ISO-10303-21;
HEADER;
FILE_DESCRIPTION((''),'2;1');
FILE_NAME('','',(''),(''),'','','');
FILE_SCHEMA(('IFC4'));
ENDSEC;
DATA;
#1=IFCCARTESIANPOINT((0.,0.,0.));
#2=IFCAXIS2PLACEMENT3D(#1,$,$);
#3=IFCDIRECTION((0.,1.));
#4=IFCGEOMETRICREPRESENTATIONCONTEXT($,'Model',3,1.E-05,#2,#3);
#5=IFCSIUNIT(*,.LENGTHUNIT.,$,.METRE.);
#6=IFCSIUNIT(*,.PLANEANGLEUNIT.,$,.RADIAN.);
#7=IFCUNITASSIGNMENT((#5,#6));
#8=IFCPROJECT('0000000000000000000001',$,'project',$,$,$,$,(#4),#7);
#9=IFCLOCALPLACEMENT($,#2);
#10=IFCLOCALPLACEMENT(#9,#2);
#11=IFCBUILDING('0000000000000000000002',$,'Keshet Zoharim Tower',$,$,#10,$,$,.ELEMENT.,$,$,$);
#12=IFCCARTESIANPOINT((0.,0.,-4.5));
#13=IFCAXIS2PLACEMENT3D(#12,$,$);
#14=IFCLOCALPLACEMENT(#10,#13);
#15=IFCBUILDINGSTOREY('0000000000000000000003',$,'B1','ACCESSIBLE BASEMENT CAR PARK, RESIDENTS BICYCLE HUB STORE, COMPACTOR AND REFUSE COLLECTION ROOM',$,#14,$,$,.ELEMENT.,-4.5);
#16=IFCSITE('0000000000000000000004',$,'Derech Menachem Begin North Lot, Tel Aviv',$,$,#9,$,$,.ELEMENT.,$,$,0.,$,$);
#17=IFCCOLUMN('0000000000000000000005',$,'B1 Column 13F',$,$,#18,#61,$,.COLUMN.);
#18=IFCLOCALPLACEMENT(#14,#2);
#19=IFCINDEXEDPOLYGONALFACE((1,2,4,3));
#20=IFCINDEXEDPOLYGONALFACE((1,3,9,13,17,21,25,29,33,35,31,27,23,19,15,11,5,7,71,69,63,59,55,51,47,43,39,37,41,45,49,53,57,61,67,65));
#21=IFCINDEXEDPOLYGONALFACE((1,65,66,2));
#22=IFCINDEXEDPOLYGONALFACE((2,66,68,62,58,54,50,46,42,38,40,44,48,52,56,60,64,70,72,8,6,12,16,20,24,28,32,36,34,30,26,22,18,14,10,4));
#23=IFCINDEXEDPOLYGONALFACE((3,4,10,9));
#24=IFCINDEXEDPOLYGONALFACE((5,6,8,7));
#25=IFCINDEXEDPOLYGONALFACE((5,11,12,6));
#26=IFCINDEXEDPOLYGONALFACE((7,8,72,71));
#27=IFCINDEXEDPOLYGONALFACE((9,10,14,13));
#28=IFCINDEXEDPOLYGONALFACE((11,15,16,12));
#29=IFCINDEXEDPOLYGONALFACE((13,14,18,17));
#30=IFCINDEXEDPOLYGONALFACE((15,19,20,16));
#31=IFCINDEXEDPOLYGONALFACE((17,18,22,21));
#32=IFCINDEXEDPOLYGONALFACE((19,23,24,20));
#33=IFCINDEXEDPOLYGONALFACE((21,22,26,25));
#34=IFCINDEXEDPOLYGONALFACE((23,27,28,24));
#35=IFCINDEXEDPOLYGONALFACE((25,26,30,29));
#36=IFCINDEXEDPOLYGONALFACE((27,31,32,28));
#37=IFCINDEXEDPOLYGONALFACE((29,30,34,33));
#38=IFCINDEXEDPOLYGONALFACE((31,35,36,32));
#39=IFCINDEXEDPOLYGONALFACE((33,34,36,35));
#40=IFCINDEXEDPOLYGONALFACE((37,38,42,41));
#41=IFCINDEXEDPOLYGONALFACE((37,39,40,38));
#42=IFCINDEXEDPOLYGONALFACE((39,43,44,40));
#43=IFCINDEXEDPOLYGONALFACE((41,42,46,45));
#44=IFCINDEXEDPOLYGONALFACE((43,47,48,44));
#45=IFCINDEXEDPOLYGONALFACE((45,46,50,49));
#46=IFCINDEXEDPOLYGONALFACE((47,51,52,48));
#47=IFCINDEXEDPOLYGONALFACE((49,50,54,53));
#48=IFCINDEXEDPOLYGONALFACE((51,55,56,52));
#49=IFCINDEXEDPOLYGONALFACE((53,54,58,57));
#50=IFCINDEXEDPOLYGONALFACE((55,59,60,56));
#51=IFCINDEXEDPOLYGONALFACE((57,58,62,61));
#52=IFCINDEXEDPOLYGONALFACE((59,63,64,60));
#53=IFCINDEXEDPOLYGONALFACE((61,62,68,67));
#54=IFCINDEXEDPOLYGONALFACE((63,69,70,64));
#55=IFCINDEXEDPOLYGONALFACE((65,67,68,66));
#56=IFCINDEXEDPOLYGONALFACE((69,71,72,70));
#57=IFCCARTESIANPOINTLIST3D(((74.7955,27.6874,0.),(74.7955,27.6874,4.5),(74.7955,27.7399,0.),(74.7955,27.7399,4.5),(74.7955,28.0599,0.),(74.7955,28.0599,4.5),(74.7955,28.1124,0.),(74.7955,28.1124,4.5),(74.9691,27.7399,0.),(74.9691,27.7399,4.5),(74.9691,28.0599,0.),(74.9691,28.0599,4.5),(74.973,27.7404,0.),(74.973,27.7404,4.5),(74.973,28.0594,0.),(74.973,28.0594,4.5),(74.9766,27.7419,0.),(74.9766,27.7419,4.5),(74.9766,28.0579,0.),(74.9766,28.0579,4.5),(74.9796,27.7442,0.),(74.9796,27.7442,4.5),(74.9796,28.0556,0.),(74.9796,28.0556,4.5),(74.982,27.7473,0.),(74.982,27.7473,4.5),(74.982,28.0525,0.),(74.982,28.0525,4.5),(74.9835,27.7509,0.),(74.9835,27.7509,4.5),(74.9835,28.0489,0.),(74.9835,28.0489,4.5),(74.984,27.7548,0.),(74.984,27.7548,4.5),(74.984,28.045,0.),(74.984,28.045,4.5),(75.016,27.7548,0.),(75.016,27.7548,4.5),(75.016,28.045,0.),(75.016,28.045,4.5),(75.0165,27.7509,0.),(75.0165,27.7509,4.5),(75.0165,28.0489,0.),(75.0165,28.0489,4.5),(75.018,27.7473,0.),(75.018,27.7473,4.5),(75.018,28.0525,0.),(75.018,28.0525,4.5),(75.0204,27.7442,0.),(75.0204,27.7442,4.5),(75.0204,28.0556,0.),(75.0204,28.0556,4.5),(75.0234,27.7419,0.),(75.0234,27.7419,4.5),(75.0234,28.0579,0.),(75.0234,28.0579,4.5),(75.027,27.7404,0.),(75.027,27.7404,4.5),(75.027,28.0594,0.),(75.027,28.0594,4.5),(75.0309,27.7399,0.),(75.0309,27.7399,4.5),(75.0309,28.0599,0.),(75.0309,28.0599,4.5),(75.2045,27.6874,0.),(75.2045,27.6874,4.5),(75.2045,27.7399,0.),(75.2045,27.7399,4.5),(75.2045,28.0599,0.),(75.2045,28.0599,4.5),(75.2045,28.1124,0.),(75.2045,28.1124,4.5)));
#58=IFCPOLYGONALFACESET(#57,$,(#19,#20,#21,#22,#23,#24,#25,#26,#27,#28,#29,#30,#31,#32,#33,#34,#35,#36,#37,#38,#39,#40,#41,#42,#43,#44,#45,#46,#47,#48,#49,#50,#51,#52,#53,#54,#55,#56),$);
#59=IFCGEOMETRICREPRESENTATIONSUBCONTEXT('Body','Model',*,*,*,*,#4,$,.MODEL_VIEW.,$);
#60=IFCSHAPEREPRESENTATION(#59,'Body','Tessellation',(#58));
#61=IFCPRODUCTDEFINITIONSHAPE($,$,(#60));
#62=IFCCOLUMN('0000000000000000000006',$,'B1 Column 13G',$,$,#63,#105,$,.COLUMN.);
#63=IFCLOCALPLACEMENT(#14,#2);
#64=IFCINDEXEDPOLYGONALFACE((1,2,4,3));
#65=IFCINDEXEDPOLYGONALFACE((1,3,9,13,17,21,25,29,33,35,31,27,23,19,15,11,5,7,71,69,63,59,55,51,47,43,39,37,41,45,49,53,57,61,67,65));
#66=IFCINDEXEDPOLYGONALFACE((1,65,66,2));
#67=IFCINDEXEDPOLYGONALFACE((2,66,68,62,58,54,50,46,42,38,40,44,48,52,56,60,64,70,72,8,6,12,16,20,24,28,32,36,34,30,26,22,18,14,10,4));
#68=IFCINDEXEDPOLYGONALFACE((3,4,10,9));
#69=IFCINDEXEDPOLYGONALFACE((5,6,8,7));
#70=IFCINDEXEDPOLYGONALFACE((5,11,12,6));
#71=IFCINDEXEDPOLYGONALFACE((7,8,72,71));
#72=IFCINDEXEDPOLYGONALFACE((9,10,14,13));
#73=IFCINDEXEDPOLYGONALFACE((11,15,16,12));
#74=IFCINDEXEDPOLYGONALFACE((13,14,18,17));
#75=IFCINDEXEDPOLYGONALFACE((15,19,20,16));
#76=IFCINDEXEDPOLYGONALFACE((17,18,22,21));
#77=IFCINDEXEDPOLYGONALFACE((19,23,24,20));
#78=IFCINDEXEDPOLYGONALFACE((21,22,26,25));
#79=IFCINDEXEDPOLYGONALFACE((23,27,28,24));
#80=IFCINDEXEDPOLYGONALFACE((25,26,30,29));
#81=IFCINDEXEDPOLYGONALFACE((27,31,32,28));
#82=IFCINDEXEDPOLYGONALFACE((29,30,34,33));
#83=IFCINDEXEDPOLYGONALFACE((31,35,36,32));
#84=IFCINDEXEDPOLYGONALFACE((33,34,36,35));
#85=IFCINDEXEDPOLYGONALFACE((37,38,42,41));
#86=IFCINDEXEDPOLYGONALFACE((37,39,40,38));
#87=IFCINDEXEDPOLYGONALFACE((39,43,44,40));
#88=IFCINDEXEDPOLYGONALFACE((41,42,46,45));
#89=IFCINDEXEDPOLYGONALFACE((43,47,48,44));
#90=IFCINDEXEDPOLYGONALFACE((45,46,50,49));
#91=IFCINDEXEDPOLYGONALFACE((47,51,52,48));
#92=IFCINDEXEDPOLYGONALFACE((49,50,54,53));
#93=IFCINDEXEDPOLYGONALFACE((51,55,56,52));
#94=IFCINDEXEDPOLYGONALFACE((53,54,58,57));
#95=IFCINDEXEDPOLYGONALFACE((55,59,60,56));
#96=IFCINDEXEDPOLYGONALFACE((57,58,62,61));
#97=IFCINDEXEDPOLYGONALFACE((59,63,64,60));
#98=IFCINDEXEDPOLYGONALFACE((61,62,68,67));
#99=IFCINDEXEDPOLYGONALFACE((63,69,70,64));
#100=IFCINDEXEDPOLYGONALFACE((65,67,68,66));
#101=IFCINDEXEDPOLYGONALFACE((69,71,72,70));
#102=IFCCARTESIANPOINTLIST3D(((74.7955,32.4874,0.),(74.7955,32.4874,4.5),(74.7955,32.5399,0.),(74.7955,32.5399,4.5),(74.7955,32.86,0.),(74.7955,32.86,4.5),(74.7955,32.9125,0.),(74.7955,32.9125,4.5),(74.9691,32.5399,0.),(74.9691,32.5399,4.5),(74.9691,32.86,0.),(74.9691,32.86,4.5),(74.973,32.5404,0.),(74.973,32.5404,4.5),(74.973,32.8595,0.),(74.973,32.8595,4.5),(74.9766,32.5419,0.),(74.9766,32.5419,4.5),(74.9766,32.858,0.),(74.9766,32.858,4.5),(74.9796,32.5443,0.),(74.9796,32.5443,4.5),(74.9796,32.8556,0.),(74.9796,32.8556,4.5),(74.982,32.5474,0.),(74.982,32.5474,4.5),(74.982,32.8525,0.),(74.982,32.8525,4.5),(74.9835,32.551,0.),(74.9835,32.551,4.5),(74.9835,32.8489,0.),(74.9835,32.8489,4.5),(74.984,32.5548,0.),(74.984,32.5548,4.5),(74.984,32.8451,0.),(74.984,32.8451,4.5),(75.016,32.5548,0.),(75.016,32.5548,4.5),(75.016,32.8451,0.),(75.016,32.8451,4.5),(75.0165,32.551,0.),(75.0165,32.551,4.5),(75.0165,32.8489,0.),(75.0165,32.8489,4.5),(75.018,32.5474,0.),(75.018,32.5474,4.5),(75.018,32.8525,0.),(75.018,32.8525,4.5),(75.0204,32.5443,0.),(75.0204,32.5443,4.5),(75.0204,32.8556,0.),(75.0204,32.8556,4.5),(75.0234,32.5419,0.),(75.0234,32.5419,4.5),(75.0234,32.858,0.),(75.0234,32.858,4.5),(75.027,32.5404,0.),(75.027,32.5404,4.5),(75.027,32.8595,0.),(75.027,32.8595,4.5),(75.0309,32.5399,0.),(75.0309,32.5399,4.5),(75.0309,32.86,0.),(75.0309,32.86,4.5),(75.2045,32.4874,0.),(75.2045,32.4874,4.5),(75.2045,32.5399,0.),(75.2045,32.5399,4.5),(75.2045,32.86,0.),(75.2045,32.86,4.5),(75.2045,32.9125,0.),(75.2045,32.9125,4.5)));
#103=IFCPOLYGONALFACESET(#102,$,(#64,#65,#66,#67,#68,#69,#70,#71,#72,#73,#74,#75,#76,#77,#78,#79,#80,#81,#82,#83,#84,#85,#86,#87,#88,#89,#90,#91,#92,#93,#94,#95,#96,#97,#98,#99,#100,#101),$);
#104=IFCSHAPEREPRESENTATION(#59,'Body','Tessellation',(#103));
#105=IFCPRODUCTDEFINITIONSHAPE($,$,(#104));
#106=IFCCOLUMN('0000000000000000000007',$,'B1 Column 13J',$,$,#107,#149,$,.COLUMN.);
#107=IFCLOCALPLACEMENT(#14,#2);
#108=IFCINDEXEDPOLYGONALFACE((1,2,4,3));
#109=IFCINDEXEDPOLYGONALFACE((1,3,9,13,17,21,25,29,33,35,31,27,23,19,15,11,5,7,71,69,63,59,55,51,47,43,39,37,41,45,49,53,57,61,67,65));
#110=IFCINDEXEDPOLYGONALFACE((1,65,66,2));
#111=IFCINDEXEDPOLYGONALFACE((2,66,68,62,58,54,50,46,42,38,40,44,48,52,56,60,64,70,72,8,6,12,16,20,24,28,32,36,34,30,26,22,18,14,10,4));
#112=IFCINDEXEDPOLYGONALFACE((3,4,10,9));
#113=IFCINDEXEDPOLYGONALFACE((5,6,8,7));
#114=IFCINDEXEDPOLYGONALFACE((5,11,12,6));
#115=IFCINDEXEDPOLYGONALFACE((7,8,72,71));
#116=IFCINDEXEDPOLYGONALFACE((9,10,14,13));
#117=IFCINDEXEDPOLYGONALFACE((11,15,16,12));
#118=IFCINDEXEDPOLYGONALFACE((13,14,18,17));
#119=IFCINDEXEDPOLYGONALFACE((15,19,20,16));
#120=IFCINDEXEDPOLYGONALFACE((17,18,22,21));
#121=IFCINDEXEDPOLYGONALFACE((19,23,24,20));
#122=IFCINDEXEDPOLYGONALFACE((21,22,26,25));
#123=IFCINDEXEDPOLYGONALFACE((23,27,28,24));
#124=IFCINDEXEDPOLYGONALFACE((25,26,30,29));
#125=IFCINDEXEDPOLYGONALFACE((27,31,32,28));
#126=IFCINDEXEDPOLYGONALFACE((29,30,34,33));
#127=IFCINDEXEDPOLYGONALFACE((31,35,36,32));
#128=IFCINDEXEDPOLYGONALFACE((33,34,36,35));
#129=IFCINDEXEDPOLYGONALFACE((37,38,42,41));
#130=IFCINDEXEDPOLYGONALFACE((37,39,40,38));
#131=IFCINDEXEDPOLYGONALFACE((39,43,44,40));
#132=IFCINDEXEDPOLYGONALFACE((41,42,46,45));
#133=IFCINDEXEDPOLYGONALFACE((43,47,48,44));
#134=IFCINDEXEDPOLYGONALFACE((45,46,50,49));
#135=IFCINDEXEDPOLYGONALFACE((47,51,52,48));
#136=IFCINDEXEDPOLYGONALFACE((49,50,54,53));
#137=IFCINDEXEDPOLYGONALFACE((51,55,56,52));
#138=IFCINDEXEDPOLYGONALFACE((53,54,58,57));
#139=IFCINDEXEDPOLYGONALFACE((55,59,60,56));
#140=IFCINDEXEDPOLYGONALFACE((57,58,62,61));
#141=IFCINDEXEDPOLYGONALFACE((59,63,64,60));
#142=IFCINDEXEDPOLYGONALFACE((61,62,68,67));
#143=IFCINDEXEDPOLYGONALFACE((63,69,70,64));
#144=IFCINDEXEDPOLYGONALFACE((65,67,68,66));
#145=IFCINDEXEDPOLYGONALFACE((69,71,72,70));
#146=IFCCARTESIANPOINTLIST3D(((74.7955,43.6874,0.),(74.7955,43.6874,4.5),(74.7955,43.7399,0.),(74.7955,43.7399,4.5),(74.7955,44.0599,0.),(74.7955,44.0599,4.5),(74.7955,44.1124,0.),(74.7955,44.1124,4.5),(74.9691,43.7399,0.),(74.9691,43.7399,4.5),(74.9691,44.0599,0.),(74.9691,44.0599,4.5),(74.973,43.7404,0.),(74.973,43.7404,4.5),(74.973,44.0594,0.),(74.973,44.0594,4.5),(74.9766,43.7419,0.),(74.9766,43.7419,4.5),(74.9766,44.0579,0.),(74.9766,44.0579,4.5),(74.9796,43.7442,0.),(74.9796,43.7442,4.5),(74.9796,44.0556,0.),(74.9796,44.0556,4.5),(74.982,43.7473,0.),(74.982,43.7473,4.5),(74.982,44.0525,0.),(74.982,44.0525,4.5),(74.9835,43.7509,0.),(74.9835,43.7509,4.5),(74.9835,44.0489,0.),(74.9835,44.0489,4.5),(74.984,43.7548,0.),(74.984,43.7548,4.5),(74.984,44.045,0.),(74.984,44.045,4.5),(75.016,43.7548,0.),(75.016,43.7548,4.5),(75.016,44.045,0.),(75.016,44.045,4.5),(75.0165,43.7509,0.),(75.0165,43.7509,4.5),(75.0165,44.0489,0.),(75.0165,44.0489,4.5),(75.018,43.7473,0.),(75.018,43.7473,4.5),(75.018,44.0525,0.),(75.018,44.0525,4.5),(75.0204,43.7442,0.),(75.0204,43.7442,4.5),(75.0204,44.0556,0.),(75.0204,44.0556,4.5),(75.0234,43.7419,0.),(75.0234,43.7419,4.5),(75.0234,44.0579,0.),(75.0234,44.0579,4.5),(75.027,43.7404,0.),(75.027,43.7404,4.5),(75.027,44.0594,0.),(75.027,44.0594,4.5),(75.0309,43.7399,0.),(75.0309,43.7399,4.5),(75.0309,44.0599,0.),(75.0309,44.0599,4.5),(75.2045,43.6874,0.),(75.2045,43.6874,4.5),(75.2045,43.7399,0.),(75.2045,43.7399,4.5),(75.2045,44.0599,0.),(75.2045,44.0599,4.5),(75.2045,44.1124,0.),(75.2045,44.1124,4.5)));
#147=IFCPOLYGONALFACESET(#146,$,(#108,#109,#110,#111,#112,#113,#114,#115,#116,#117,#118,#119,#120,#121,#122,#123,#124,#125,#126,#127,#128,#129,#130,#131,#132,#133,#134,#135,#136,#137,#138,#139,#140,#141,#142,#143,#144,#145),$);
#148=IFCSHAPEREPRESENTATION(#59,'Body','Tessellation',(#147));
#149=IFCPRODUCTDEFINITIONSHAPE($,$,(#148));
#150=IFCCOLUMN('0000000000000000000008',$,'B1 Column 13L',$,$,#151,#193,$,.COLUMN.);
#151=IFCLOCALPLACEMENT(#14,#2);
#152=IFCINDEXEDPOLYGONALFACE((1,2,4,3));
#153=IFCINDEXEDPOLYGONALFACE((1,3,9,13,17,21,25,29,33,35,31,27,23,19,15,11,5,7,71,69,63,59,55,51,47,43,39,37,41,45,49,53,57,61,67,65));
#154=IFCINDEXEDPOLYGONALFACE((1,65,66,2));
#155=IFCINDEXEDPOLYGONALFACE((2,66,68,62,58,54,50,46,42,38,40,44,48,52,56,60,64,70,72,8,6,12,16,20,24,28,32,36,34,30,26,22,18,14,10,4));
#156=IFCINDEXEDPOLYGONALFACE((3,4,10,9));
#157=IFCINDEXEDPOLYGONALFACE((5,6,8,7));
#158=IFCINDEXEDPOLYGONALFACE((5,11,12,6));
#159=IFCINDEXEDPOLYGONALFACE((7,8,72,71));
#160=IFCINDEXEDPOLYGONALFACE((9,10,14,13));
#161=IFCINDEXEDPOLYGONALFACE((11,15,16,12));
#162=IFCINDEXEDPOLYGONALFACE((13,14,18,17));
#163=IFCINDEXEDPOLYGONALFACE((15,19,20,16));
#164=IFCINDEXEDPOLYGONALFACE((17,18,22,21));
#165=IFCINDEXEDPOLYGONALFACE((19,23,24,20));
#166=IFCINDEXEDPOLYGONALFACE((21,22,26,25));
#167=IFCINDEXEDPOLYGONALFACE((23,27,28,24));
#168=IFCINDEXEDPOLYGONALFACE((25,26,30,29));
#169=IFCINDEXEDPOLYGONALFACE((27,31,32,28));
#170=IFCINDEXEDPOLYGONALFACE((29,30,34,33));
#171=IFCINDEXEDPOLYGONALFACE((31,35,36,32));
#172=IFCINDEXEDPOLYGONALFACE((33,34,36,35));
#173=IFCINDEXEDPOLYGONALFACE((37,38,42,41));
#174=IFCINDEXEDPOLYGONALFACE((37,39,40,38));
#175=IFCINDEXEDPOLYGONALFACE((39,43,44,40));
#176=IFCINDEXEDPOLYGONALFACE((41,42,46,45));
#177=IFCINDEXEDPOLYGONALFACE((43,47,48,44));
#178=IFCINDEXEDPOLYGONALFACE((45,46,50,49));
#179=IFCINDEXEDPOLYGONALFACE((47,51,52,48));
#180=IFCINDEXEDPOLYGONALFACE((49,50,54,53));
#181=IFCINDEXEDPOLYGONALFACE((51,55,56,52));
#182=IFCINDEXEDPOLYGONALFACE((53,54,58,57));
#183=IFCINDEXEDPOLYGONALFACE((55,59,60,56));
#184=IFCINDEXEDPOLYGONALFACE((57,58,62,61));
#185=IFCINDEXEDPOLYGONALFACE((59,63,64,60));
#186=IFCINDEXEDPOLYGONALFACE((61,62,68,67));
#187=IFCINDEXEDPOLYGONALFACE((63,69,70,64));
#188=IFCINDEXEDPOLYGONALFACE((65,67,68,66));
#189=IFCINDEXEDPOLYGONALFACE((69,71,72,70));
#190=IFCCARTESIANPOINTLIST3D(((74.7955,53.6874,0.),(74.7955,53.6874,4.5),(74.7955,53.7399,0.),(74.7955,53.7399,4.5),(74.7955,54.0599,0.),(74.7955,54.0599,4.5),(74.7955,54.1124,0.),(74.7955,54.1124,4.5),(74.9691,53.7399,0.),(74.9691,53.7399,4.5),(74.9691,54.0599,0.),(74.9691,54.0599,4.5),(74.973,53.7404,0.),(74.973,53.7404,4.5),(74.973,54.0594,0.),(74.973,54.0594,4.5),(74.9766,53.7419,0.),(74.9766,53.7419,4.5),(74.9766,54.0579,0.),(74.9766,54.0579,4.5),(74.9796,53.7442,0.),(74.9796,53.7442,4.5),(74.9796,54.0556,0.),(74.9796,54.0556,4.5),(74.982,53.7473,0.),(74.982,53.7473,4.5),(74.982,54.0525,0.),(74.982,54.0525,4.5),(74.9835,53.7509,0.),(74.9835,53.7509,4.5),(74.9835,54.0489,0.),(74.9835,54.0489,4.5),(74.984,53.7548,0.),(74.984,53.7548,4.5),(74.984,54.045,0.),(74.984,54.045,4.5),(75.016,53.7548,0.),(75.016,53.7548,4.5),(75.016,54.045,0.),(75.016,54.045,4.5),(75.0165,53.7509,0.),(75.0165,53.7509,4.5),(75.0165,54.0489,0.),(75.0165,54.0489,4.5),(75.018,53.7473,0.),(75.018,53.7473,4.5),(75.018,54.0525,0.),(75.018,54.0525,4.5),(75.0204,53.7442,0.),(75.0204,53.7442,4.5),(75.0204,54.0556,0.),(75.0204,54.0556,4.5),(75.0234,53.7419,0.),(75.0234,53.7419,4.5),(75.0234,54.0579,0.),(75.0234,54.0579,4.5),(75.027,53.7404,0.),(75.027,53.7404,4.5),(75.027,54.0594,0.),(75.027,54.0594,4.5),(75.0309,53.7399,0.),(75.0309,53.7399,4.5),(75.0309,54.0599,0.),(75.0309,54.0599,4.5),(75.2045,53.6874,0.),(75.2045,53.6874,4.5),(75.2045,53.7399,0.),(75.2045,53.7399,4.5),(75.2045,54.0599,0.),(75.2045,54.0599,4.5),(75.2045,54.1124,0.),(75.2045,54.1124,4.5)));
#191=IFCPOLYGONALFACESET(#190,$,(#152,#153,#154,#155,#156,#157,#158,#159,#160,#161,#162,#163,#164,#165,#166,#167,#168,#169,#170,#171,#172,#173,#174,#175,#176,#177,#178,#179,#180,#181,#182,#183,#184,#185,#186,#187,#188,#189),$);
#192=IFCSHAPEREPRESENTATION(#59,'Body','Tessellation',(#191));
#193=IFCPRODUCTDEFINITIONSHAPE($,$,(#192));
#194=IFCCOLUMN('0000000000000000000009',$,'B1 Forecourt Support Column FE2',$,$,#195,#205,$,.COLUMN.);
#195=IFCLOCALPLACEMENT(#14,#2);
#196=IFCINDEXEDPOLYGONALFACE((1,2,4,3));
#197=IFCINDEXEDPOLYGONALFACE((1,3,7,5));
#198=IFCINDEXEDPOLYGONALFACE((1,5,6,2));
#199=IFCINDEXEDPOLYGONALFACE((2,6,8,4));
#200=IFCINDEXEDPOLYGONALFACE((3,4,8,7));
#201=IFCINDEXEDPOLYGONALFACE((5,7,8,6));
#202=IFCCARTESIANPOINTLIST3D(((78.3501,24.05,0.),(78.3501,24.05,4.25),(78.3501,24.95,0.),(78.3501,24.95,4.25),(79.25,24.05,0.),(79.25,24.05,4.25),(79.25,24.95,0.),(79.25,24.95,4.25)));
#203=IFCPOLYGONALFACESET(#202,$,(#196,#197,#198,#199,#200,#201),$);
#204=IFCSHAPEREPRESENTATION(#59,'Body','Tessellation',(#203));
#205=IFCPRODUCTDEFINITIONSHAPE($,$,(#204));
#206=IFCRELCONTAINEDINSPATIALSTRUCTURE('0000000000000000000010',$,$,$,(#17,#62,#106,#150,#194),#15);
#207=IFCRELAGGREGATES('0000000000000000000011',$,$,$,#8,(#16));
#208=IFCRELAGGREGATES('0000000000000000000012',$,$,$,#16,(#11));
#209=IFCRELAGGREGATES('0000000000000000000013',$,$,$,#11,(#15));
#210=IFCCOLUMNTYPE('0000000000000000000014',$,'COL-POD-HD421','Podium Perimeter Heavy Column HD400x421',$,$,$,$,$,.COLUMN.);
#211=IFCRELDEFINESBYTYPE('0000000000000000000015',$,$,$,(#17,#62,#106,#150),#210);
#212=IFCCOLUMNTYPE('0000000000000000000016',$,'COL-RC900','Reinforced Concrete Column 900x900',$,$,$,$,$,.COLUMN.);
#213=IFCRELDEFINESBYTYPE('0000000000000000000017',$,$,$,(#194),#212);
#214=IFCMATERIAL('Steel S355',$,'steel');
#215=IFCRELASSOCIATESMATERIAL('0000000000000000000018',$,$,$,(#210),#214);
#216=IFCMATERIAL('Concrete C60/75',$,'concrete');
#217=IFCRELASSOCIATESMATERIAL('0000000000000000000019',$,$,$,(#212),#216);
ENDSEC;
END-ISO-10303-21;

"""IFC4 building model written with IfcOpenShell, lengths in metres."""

from ifc_helpers import new_model, si_unit, direction, frame, origin, origin_2d, place, context, subcontext, project, spatial, rectangle, i_section, extrude, material, material_profile, profile_set, type_object, element, save


model = new_model("IFC4")

# Units and contexts
model_context = context("Model", 3, precision=1e-05, world=origin(), true_north=direction((0.0, 1.0)))
body_context = subcontext(model_context, "Body", "Model", "MODEL_VIEW")
ifc_project = project(units=[si_unit("LENGTHUNIT", "METRE"), si_unit("PLANEANGLEUNIT", "RADIAN")], contexts=[model_context])

# Site, building, storey
site_placement = place(None, origin())
site = spatial("IfcSite", under=ifc_project, at=site_placement, Name="Derech Menachem Begin North Lot, Tel Aviv", CompositionType="ELEMENT", RefElevation=0.0)
building_placement = place(site_placement, origin())
building = spatial("IfcBuilding", under=site, at=building_placement, Name="Keshet Zoharim Tower", CompositionType="ELEMENT")
storey_placement = place(building_placement, frame((0.0, 0.0, -4.5)))
storey = spatial("IfcBuildingStorey", under=building, at=storey_placement, Name="B1", Description="ACCESSIBLE BASEMENT CAR PARK, RESIDENTS BICYCLE HUB STORE, COMPACTOR AND REFUSE COLLECTION ROOM", CompositionType="ELEMENT", Elevation=-4.5)

# Columns
ifc_material_1 = material(Name="Steel S355", Category="steel")
ifc_material_profile_1 = material_profile(ifc_material_1, i_section(OverallWidth=0.4089, OverallDepth=0.425, WebThickness=0.032, FlangeThickness=0.0525, FilletRadius=0.0149, at=origin_2d()), Name="HD400x421")
ifc_profile_set_1 = profile_set([ifc_material_profile_1], Name="Steel S355")
column_type_1 = type_object("IfcColumnType", Name="COL-POD-HD421", Description="Podium Perimeter Heavy Column HD400x421", PredefinedType="COLUMN", material=ifc_profile_set_1)
for number, where, z_axis, x_axis, name in (
    (1, (75.0, 27.8999, 0.0), (0.0, 0.0, 1.0), (1.0, 0.0, 0.0), "B1 Column 13F"),
    (2, (75.0, 32.7, 0.0), (0.0, 0.0, 1.0), (1.0, 0.0, 0.0), "B1 Column 13G"),
    (3, (75.0, 43.8999, 0.0), (0.0, 0.0, 1.0), (1.0, 0.0, 0.0), "B1 Column 13J"),
    (4, (75.0, 53.8999, 0.0), (0.0, 0.0, 1.0), (1.0, 0.0, 0.0), "B1 Column 13L"),
):
    element("IfcColumn", number, at=place(storey_placement, frame(where, z_axis=z_axis, x_axis=x_axis)), inside=storey, type_object=column_type_1, Name=name, PredefinedType="COLUMN", context=body_context, shape_type="SweptSolid", body=[
        extrude(i_section(OverallWidth=0.4089, OverallDepth=0.425, WebThickness=0.032, FlangeThickness=0.0525, FilletRadius=0.0149, at=origin_2d()), origin(), (0.0, 0.0, 1.0), 4.5),
    ])
ifc_material_2 = material(Name="Concrete C60/75", Category="concrete")
ifc_material_profile_2 = material_profile(ifc_material_2, rectangle(XDim=0.8999, YDim=0.8999, at=origin_2d()), Name="RC900x900")
ifc_profile_set_2 = profile_set([ifc_material_profile_2], Name="Concrete C60/75")
column_type_2 = type_object("IfcColumnType", Name="COL-RC900", Description="Reinforced Concrete Column 900x900", PredefinedType="COLUMN", material=ifc_profile_set_2)
for number, where, z_axis, x_axis, name in (
    (5, (78.8, 24.5, 0.0), (0.0, 0.0, 1.0), (1.0, 0.0, 0.0), "B1 Forecourt Support Column FE2"),
):
    element("IfcColumn", number, at=place(storey_placement, frame(where, z_axis=z_axis, x_axis=x_axis)), inside=storey, type_object=column_type_2, Name=name, PredefinedType="COLUMN", context=body_context, shape_type="SweptSolid", body=[
        extrude(rectangle(XDim=0.8999, YDim=0.8999, at=origin_2d()), origin(), (0.0, 0.0, 1.0), 4.25),
    ])

save(model, "model.ifc")
